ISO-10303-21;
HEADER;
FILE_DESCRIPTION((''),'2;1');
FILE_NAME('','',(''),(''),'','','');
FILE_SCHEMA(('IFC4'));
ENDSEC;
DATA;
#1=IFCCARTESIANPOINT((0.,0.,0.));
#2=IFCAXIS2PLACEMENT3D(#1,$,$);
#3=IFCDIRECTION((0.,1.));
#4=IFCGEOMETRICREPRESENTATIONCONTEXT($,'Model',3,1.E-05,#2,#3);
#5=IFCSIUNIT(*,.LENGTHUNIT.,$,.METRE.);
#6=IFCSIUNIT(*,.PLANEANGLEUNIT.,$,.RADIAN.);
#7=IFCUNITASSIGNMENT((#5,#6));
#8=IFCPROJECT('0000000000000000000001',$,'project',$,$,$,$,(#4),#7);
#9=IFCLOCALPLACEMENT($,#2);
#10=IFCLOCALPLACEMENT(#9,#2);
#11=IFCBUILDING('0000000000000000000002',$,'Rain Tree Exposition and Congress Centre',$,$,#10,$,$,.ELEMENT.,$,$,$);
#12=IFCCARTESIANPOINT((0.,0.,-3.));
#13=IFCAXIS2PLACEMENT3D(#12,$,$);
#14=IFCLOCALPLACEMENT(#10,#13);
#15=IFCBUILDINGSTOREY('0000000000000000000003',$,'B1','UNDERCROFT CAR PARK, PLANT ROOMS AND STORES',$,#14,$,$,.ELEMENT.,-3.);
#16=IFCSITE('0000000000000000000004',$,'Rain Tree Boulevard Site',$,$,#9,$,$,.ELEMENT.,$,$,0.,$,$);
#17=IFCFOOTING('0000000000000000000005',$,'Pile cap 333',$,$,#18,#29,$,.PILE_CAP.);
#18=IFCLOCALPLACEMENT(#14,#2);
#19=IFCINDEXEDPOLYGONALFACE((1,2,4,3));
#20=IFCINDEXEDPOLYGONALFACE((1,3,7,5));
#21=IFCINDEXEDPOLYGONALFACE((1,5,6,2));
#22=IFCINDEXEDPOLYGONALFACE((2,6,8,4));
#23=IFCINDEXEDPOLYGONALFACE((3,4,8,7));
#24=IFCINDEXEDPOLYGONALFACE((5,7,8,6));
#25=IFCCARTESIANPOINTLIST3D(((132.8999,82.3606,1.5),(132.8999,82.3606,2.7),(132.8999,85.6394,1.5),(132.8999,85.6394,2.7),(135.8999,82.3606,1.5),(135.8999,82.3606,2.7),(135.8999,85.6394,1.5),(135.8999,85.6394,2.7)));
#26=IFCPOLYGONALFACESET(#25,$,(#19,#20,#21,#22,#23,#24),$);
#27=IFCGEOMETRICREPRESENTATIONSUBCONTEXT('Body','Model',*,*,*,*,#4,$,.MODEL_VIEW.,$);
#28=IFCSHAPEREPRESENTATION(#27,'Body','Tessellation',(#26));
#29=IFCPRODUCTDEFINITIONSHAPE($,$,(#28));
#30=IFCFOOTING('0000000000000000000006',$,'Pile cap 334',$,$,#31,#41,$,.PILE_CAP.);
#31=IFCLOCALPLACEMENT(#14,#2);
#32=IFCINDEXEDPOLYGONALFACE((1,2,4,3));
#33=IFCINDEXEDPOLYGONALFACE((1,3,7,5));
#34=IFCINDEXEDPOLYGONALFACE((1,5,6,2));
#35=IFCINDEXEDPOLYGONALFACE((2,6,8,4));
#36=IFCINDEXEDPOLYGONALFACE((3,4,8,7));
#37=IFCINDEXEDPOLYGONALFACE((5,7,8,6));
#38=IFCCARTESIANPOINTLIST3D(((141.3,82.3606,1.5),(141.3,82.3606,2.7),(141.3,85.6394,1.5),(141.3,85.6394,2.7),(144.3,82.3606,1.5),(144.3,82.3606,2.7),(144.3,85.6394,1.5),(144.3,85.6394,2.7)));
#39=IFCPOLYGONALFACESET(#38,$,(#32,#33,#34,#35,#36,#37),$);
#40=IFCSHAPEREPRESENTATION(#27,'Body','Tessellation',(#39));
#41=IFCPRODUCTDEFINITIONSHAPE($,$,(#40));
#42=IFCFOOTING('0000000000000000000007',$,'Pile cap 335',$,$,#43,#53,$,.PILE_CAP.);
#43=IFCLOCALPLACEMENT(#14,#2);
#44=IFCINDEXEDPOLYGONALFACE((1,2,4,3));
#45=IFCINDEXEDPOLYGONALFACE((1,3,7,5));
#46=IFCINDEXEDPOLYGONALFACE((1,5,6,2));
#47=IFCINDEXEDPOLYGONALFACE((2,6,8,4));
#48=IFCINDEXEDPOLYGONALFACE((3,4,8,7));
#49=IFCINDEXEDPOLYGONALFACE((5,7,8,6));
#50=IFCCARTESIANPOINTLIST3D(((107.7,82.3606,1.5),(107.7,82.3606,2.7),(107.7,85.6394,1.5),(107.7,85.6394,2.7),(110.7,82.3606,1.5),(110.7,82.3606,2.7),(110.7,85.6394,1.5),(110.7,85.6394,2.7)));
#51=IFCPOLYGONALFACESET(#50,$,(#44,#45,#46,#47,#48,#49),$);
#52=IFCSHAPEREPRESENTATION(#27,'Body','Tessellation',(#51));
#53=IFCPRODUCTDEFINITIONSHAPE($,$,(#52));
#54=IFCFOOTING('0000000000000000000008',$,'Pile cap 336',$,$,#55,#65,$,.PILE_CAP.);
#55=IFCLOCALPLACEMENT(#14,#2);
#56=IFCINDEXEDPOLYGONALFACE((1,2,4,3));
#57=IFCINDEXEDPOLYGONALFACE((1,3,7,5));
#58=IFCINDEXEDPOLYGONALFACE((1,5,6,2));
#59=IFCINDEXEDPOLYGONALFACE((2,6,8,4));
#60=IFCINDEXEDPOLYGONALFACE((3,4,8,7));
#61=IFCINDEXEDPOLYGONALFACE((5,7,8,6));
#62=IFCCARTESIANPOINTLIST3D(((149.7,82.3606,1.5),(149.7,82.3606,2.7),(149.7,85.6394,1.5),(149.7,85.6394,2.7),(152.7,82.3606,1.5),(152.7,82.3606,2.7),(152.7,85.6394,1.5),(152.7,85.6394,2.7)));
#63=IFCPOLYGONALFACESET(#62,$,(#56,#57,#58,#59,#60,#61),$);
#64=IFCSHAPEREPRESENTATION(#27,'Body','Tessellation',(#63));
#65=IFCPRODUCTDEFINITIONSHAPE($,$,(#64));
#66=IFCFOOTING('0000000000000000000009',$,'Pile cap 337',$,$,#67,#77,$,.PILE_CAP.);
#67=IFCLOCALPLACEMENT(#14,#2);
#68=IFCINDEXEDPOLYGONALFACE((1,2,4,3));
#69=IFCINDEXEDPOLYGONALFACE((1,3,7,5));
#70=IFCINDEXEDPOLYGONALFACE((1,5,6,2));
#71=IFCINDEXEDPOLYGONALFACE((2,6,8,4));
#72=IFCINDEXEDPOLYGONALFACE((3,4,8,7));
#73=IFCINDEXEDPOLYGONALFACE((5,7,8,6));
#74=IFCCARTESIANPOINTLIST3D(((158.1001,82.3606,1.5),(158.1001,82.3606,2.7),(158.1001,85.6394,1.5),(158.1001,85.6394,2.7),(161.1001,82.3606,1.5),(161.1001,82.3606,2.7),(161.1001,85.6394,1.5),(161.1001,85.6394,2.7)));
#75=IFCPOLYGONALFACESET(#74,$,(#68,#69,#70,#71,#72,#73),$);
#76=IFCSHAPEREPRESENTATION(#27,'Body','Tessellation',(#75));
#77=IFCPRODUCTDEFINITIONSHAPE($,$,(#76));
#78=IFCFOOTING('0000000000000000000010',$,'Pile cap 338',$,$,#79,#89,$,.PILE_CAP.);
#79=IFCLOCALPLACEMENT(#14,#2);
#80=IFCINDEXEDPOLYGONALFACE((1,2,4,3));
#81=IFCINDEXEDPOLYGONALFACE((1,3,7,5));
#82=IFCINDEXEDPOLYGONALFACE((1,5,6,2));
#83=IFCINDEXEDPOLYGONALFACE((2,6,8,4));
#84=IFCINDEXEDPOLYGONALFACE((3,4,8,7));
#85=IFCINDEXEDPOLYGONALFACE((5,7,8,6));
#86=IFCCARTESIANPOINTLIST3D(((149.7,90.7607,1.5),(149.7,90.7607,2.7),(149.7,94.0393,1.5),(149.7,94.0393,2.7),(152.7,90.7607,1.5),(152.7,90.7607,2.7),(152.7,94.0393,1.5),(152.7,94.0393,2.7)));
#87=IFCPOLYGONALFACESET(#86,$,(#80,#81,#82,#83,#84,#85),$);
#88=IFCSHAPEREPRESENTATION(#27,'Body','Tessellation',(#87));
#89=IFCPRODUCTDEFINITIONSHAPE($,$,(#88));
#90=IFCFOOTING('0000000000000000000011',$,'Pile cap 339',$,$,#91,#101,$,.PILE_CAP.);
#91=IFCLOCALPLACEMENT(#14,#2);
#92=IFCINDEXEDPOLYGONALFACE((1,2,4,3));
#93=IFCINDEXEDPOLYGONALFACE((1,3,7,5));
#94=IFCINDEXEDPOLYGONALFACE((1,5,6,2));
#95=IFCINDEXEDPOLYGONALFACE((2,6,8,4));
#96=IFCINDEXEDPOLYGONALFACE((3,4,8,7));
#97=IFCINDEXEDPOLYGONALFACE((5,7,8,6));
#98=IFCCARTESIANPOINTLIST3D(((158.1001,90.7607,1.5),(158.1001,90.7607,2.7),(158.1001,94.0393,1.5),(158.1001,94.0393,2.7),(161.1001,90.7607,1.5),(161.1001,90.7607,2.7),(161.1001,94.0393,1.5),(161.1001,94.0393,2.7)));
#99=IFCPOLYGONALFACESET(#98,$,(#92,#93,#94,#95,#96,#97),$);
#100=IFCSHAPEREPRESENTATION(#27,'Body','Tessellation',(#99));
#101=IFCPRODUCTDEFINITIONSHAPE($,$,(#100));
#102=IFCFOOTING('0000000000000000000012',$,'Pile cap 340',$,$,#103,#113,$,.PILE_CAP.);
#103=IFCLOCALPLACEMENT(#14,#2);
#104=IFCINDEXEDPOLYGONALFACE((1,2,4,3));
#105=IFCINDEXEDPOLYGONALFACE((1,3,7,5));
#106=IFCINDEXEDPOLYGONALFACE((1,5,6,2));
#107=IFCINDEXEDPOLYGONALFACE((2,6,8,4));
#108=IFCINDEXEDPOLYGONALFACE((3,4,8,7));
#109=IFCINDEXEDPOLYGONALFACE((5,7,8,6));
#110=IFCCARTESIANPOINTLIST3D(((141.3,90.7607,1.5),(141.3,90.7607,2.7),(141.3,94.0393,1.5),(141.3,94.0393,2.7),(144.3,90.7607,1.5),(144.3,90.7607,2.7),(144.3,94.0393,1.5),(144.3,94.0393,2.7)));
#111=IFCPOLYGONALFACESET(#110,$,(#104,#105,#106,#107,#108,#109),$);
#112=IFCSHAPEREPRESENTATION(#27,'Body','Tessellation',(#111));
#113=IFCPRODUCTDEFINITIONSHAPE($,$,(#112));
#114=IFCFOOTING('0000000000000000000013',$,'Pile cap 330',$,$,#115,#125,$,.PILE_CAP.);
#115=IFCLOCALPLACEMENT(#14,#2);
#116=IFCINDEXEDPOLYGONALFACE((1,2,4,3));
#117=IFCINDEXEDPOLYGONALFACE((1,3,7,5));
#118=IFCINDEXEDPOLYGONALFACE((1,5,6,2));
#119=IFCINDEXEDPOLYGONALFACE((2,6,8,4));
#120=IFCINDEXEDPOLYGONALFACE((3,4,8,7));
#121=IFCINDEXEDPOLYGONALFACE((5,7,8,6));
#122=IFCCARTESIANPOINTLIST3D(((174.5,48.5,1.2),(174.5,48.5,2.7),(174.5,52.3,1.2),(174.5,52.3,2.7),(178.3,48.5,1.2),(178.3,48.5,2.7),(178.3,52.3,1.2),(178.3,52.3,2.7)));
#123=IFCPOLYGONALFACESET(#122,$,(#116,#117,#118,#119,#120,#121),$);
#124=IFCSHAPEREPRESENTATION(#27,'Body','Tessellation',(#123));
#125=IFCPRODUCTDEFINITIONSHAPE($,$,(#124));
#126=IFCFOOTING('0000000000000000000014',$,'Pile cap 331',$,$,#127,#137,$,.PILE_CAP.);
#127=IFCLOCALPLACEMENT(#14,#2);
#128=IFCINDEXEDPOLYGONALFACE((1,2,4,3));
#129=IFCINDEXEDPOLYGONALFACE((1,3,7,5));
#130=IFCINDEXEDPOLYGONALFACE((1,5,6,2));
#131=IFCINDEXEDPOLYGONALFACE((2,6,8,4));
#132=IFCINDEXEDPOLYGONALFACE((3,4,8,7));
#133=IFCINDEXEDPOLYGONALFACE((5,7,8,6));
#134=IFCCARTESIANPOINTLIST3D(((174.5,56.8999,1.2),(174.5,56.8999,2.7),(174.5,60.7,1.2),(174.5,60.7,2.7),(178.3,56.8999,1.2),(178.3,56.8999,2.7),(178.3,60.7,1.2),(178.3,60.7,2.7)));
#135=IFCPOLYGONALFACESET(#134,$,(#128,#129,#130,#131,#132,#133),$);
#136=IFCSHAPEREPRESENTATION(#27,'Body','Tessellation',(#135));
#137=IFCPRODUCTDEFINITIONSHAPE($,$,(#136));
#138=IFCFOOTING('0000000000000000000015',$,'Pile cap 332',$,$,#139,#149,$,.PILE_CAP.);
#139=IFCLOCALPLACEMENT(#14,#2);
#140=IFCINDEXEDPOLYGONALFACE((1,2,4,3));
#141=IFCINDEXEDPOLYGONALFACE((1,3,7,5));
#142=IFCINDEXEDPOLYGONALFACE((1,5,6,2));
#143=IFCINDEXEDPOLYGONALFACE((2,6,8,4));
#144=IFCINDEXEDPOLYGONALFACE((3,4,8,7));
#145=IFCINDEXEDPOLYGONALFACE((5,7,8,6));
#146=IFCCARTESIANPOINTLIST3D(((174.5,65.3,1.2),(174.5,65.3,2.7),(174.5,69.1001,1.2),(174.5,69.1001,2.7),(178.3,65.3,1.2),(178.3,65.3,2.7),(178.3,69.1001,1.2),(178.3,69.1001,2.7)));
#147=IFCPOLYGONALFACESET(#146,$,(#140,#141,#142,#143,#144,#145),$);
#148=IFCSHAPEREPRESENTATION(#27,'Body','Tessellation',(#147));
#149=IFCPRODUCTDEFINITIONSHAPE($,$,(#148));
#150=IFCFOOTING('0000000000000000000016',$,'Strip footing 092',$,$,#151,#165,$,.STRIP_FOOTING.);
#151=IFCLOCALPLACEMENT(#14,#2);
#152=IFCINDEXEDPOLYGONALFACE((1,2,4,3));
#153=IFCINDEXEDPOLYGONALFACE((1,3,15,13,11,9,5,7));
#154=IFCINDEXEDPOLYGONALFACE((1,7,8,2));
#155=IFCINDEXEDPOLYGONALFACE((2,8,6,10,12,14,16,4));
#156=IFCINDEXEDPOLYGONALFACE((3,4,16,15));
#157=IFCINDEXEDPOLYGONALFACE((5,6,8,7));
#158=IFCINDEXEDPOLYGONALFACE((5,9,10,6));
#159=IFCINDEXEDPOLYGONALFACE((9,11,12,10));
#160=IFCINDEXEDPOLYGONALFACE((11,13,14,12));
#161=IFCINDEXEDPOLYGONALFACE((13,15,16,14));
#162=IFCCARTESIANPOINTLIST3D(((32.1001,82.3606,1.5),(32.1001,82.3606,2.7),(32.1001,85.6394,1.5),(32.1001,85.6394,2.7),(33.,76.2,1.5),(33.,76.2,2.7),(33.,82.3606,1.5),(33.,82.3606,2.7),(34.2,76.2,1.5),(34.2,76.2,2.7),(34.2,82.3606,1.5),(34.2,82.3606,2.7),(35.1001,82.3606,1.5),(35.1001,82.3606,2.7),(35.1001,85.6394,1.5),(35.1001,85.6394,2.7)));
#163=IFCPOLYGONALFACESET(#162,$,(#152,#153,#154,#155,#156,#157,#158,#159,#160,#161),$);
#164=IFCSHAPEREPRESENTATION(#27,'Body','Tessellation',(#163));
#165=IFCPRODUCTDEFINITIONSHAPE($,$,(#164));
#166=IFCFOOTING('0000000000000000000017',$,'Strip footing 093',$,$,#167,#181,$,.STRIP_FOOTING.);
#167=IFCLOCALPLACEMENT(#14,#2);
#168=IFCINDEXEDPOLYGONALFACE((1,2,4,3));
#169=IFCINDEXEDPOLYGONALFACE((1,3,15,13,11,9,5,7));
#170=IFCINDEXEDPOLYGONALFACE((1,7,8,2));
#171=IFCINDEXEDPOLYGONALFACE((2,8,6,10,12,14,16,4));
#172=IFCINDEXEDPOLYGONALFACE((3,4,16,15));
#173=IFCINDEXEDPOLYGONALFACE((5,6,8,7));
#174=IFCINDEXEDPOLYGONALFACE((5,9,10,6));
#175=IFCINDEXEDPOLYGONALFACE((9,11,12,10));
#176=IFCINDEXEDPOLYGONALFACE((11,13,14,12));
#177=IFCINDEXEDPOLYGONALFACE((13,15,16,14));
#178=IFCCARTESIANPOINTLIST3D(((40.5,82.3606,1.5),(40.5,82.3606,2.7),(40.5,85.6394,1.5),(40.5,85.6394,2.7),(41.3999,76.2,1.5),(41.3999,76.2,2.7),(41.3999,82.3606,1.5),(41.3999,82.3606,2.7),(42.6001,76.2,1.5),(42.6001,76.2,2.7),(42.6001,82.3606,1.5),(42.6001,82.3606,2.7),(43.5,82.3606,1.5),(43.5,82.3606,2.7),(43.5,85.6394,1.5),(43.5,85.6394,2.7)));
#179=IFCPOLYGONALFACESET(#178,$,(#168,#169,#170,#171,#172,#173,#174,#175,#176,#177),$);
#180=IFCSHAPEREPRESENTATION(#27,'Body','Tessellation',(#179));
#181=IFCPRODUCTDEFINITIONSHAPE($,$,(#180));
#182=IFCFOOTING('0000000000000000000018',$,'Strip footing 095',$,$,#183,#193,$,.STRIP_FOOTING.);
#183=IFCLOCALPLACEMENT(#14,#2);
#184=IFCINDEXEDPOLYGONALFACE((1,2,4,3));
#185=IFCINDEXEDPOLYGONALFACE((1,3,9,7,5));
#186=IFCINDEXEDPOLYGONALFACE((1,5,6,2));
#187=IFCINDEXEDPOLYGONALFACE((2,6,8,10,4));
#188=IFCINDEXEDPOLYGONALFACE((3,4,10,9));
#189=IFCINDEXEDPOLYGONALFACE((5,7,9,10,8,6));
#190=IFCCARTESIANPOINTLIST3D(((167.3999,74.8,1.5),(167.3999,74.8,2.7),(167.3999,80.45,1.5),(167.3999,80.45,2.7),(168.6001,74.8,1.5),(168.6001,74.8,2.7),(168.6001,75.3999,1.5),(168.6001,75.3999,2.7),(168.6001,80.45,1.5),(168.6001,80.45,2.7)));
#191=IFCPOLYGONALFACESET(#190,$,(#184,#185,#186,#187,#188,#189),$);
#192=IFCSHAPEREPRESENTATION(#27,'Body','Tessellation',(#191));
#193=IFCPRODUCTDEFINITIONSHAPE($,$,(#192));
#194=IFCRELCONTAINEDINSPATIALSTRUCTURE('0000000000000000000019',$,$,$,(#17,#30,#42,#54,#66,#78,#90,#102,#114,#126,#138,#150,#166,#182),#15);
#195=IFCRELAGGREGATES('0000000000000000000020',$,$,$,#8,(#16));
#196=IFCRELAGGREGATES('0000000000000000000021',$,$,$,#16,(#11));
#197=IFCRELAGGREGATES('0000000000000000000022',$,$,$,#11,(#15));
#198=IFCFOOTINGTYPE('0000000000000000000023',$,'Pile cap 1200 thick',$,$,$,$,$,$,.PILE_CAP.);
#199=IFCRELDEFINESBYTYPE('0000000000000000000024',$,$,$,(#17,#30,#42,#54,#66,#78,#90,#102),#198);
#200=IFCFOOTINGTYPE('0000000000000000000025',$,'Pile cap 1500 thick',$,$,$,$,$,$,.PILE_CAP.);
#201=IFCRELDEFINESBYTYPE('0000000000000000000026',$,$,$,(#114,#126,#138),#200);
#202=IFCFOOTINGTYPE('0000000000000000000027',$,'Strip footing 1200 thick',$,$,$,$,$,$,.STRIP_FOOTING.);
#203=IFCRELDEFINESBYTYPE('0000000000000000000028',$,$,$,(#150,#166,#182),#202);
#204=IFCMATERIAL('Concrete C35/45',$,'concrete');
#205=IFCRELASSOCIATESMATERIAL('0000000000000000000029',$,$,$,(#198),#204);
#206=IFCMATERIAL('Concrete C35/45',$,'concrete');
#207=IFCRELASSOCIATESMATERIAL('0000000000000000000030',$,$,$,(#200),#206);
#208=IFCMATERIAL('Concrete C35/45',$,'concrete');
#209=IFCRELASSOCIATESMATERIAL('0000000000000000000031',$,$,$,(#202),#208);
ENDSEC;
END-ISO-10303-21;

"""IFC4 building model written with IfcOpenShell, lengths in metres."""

from ifc_helpers import new_model, si_unit, direction, frame, origin, place, context, subcontext, project, spatial, polyline, outline, extrude, material, type_object, element, save


model = new_model("IFC4")

# Units and contexts
model_context = context("Model", 3, precision=1e-05, world=origin(), true_north=direction((0.0, 1.0)))
body_context = subcontext(model_context, "Body", "Model", "MODEL_VIEW")
ifc_project = project(units=[si_unit("LENGTHUNIT", "METRE"), si_unit("PLANEANGLEUNIT", "RADIAN")], contexts=[model_context])

# Site, building, storey
site_placement = place(None, origin())
site = spatial("IfcSite", under=ifc_project, at=site_placement, Name="Rain Tree Boulevard Site", CompositionType="ELEMENT", RefElevation=0.0)
building_placement = place(site_placement, origin())
building = spatial("IfcBuilding", under=site, at=building_placement, Name="Rain Tree Exposition and Congress Centre", CompositionType="ELEMENT")
storey_placement = place(building_placement, frame((0.0, 0.0, -3.0)))
storey = spatial("IfcBuildingStorey", under=building, at=storey_placement, Name="B1", Description="UNDERCROFT CAR PARK, PLANT ROOMS AND STORES", CompositionType="ELEMENT", Elevation=-3.0)

# Footings
ifc_material_1 = material(Name="Concrete C35/45", Category="concrete")
footing_type_1 = type_object("IfcFootingType", Name="Pile cap 1200 thick", PredefinedType="PILE_CAP", material=ifc_material_1)
footing_1_placement = place(storey_placement, frame((0.0, 0.0, 1.5)))
element("IfcFooting", 1, at=footing_1_placement, inside=storey, type_object=footing_type_1, Name="Pile cap 333", PredefinedType="PILE_CAP", context=body_context, shape_type="SweptSolid", body=[
    extrude(outline(polyline([(135.8999, 82.3606), (135.8999, 85.6394), (132.8999, 85.6394), (132.8999, 82.3606), (135.8999, 82.3606)])), origin(), (0.0, 0.0, 1.0), 1.2),
])
footing_2_placement = place(storey_placement, frame((0.0, 0.0, 1.5)))
element("IfcFooting", 2, at=footing_2_placement, inside=storey, type_object=footing_type_1, Name="Pile cap 334", PredefinedType="PILE_CAP", context=body_context, shape_type="SweptSolid", body=[
    extrude(outline(polyline([(144.3, 82.3606), (144.3, 85.6394), (141.3, 85.6394), (141.3, 82.3606), (144.3, 82.3606)])), origin(), (0.0, 0.0, 1.0), 1.2),
])
footing_3_placement = place(storey_placement, frame((0.0, 0.0, 1.5)))
element("IfcFooting", 3, at=footing_3_placement, inside=storey, type_object=footing_type_1, Name="Pile cap 335", PredefinedType="PILE_CAP", context=body_context, shape_type="SweptSolid", body=[
    extrude(outline(polyline([(110.7, 82.3606), (110.7, 85.6394), (107.7, 85.6394), (107.7, 82.3606), (110.7, 82.3606)])), origin(), (0.0, 0.0, 1.0), 1.2),
])
footing_4_placement = place(storey_placement, frame((0.0, 0.0, 1.5)))
element("IfcFooting", 4, at=footing_4_placement, inside=storey, type_object=footing_type_1, Name="Pile cap 336", PredefinedType="PILE_CAP", context=body_context, shape_type="SweptSolid", body=[
    extrude(outline(polyline([(152.7, 82.3606), (152.7, 85.6394), (149.7, 85.6394), (149.7, 82.3606), (152.7, 82.3606)])), origin(), (0.0, 0.0, 1.0), 1.2),
])
footing_5_placement = place(storey_placement, frame((0.0, 0.0, 1.5)))
element("IfcFooting", 5, at=footing_5_placement, inside=storey, type_object=footing_type_1, Name="Pile cap 337", PredefinedType="PILE_CAP", context=body_context, shape_type="SweptSolid", body=[
    extrude(outline(polyline([(161.1001, 82.3606), (161.1001, 85.6394), (158.1001, 85.6394), (158.1001, 82.3606), (161.1001, 82.3606)])), origin(), (0.0, 0.0, 1.0), 1.2),
])
footing_6_placement = place(storey_placement, frame((0.0, 0.0, 1.5)))
element("IfcFooting", 6, at=footing_6_placement, inside=storey, type_object=footing_type_1, Name="Pile cap 338", PredefinedType="PILE_CAP", context=body_context, shape_type="SweptSolid", body=[
    extrude(outline(polyline([(152.7, 90.7607), (152.7, 94.0393), (149.7, 94.0393), (149.7, 90.7607), (152.7, 90.7607)])), origin(), (0.0, 0.0, 1.0), 1.2),
])
footing_7_placement = place(storey_placement, frame((0.0, 0.0, 1.5)))
element("IfcFooting", 7, at=footing_7_placement, inside=storey, type_object=footing_type_1, Name="Pile cap 339", PredefinedType="PILE_CAP", context=body_context, shape_type="SweptSolid", body=[
    extrude(outline(polyline([(161.1001, 90.7607), (161.1001, 94.0393), (158.1001, 94.0393), (158.1001, 90.7607), (161.1001, 90.7607)])), origin(), (0.0, 0.0, 1.0), 1.2),
])
footing_8_placement = place(storey_placement, frame((0.0, 0.0, 1.5)))
element("IfcFooting", 8, at=footing_8_placement, inside=storey, type_object=footing_type_1, Name="Pile cap 340", PredefinedType="PILE_CAP", context=body_context, shape_type="SweptSolid", body=[
    extrude(outline(polyline([(144.3, 90.7607), (144.3, 94.0393), (141.3, 94.0393), (141.3, 90.7607), (144.3, 90.7607)])), origin(), (0.0, 0.0, 1.0), 1.2),
])
ifc_material_2 = material(Name="Concrete C35/45", Category="concrete")
footing_type_2 = type_object("IfcFootingType", Name="Pile cap 1500 thick", PredefinedType="PILE_CAP", material=ifc_material_2)
footing_9_placement = place(storey_placement, frame((0.0, 0.0, 1.2)))
element("IfcFooting", 9, at=footing_9_placement, inside=storey, type_object=footing_type_2, Name="Pile cap 330", PredefinedType="PILE_CAP", context=body_context, shape_type="SweptSolid", body=[
    extrude(outline(polyline([(178.3, 48.5), (178.3, 52.3), (174.5, 52.3), (174.5, 48.5), (178.3, 48.5)])), origin(), (0.0, 0.0, 1.0), 1.5),
])
footing_10_placement = place(storey_placement, frame((0.0, 0.0, 1.2)))
element("IfcFooting", 10, at=footing_10_placement, inside=storey, type_object=footing_type_2, Name="Pile cap 331", PredefinedType="PILE_CAP", context=body_context, shape_type="SweptSolid", body=[
    extrude(outline(polyline([(178.3, 56.8999), (178.3, 60.7), (174.5, 60.7), (174.5, 56.8999), (178.3, 56.8999)])), origin(), (0.0, 0.0, 1.0), 1.5),
])
footing_11_placement = place(storey_placement, frame((0.0, 0.0, 1.2)))
element("IfcFooting", 11, at=footing_11_placement, inside=storey, type_object=footing_type_2, Name="Pile cap 332", PredefinedType="PILE_CAP", context=body_context, shape_type="SweptSolid", body=[
    extrude(outline(polyline([(178.3, 65.3), (178.3, 69.1001), (174.5, 69.1001), (174.5, 65.3), (178.3, 65.3)])), origin(), (0.0, 0.0, 1.0), 1.5),
])
ifc_material_3 = material(Name="Concrete C35/45", Category="concrete")
footing_type_3 = type_object("IfcFootingType", Name="Strip footing 1200 thick", PredefinedType="STRIP_FOOTING", material=ifc_material_3)
footing_12_placement = place(storey_placement, frame((0.0, 0.0, 1.5)))
element("IfcFooting", 12, at=footing_12_placement, inside=storey, type_object=footing_type_3, Name="Strip footing 092", PredefinedType="STRIP_FOOTING", context=body_context, shape_type="SweptSolid", body=[
    extrude(outline(polyline([(34.2, 76.2), (34.2, 82.3606), (35.1001, 82.3606), (35.1001, 85.6394), (32.1001, 85.6394), (32.1001, 82.3606), (33.0, 82.3606), (33.0, 76.2), (34.2, 76.2)])), origin(), (0.0, 0.0, 1.0), 1.2),
])
footing_13_placement = place(storey_placement, frame((0.0, 0.0, 1.5)))
element("IfcFooting", 13, at=footing_13_placement, inside=storey, type_object=footing_type_3, Name="Strip footing 093", PredefinedType="STRIP_FOOTING", context=body_context, shape_type="SweptSolid", body=[
    extrude(outline(polyline([(42.6001, 76.2), (42.6001, 82.3606), (43.5, 82.3606), (43.5, 85.6394), (40.5, 85.6394), (40.5, 82.3606), (41.3999, 82.3606), (41.3999, 76.2), (42.6001, 76.2)])), origin(), (0.0, 0.0, 1.0), 1.2),
])
footing_14_placement = place(storey_placement, frame((0.0, 0.0, 1.5)))
element("IfcFooting", 14, at=footing_14_placement, inside=storey, type_object=footing_type_3, Name="Strip footing 095", PredefinedType="STRIP_FOOTING", context=body_context, shape_type="SweptSolid", body=[
    extrude(outline(polyline([(168.6001, 74.8), (168.6001, 75.3999), (168.6001, 80.45), (167.3999, 80.45), (167.3999, 74.8), (168.6001, 74.8)])), origin(), (0.0, 0.0, 1.0), 1.2),
])

save(model, "model.ifc")
